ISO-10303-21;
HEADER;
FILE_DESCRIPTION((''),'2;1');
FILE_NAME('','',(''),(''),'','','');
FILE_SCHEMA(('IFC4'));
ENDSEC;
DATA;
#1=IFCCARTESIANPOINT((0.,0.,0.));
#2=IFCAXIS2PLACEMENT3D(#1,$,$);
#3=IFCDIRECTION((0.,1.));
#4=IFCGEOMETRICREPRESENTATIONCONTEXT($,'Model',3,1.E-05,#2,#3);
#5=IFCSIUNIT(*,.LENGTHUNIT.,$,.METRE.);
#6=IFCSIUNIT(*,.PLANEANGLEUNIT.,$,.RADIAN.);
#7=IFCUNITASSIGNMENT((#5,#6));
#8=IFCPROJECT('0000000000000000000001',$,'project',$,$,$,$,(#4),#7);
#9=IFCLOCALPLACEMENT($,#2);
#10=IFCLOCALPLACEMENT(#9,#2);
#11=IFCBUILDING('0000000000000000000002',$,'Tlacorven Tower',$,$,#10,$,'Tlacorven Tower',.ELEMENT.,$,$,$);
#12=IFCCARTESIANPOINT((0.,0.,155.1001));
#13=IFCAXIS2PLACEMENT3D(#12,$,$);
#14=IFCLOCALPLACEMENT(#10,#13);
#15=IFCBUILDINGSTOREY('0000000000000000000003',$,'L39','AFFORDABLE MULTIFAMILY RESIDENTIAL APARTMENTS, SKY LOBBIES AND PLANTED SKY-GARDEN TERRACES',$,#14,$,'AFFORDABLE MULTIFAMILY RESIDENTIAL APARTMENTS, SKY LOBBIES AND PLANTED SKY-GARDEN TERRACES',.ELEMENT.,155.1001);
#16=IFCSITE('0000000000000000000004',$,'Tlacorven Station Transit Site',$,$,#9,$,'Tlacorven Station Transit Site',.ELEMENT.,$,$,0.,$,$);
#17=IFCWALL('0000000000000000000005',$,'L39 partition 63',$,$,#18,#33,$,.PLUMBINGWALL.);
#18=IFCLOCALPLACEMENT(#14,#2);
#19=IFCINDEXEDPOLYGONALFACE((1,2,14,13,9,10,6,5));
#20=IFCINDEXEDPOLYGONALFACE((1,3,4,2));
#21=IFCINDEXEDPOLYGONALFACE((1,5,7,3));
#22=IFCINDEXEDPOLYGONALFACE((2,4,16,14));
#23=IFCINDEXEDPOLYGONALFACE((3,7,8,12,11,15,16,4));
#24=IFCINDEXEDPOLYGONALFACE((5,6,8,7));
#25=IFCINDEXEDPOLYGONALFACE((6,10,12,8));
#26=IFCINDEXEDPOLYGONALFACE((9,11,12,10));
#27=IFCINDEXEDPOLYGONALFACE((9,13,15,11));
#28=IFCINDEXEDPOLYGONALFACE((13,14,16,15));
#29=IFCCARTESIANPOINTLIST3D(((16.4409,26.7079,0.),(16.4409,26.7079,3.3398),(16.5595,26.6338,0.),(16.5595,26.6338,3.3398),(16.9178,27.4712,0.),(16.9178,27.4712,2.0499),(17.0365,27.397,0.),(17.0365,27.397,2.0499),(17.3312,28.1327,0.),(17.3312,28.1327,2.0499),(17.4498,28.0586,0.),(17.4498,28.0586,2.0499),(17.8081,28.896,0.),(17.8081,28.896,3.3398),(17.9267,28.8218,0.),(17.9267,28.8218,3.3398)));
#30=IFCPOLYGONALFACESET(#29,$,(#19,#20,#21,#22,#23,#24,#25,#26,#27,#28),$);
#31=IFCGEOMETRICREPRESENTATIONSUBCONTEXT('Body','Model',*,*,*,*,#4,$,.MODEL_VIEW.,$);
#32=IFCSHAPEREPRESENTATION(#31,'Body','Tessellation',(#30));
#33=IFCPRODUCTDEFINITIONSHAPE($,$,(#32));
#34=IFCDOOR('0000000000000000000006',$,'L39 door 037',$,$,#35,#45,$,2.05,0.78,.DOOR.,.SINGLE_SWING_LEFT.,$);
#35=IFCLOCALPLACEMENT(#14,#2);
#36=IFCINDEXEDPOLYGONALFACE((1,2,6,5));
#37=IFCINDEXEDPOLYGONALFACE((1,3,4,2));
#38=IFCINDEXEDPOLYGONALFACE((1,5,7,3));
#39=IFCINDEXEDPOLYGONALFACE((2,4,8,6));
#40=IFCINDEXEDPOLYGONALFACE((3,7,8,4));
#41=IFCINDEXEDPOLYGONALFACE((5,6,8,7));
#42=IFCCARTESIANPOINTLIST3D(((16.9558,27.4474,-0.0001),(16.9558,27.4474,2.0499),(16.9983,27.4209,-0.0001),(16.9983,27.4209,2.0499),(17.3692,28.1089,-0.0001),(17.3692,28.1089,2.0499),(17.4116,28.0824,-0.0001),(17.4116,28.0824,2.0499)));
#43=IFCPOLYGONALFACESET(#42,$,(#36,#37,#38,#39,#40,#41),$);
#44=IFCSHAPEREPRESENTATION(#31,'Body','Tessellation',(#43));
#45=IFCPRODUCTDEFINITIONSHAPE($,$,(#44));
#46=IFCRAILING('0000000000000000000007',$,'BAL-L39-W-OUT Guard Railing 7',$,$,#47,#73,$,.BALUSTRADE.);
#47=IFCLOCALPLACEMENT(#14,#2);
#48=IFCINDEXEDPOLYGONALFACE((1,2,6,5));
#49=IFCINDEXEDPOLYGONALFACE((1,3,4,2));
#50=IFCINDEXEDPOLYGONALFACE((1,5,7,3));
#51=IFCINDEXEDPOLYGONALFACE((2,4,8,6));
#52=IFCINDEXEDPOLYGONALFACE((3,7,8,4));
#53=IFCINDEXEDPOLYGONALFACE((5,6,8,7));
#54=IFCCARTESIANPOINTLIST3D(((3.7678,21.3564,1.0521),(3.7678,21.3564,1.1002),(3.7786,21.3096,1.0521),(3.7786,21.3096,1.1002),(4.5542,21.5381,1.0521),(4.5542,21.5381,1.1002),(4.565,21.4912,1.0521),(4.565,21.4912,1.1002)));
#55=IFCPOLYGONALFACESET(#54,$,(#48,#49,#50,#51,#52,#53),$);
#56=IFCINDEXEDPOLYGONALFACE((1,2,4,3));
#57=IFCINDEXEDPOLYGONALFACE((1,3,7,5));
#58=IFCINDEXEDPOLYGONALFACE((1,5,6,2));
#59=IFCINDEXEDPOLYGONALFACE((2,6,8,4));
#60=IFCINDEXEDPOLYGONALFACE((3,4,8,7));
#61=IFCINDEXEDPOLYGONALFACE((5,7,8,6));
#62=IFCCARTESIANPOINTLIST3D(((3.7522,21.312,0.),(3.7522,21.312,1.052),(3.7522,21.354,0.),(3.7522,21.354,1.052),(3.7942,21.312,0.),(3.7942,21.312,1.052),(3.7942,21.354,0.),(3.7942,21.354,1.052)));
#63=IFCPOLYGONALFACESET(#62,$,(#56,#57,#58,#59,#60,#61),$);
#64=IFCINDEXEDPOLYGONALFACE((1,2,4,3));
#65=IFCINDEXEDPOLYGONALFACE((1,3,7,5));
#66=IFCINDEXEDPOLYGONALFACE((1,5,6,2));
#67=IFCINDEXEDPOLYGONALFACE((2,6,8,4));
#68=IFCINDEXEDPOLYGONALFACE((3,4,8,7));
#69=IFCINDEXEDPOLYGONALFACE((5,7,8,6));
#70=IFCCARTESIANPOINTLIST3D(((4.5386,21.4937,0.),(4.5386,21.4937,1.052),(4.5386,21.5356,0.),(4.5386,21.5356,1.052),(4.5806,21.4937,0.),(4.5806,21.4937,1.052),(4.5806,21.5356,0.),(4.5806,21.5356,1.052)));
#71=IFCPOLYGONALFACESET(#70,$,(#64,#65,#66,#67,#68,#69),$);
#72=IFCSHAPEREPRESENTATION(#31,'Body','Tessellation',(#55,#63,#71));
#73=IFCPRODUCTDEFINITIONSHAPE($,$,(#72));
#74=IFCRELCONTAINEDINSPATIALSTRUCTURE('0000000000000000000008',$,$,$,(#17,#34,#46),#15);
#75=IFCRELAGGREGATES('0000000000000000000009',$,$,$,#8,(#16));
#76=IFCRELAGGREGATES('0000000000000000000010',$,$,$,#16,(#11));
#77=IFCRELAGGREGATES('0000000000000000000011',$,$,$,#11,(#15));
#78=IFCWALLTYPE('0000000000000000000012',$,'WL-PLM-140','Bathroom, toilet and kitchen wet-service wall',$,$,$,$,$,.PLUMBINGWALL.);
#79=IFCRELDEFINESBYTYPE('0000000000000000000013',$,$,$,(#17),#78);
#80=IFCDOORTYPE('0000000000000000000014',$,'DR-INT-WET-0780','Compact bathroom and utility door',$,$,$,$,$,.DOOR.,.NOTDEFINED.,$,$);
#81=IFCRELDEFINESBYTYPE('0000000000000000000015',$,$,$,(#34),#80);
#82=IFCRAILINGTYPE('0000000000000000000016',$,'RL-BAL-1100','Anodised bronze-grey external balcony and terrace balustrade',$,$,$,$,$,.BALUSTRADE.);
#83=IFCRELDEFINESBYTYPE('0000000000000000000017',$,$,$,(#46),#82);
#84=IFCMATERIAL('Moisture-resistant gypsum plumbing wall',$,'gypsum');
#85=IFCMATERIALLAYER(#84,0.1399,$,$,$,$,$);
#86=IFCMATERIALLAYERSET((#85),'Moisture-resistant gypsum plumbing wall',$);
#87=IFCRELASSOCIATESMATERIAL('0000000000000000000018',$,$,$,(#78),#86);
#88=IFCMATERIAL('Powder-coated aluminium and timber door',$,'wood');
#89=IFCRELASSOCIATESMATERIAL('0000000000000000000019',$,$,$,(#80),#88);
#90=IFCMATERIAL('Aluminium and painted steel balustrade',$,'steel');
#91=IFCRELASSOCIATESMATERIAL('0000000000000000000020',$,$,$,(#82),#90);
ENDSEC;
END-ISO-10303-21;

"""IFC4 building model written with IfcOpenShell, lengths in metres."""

from ifc_helpers import new_model, si_unit, direction, frame, frame_2d, origin, origin_2d, place, context, subcontext, project, spatial, rectangle, extrude, source, transform, mapped, material, layer, layer_set, type_object, element, fill, save


model = new_model("IFC4")

# Units and contexts
model_context = context("Model", 3, precision=1e-05, world=origin(), true_north=direction((0.0, 1.0)))
body_context = subcontext(model_context, "Body", "Model", "MODEL_VIEW")
ifc_project = project(units=[si_unit("LENGTHUNIT", "METRE"), si_unit("PLANEANGLEUNIT", "RADIAN")], contexts=[model_context])

# Site, building, storey
site_placement = place(None, origin())
site = spatial("IfcSite", under=ifc_project, at=site_placement, Name="Tlacorven Station Transit Site", LongName="Tlacorven Station Transit Site", CompositionType="ELEMENT", RefElevation=0.0)
building_placement = place(site_placement, origin())
building = spatial("IfcBuilding", under=site, at=building_placement, Name="Tlacorven Tower", LongName="Tlacorven Tower", CompositionType="ELEMENT")
storey_placement = place(building_placement, frame((0.0, 0.0, 155.1001)))
storey = spatial("IfcBuildingStorey", under=building, at=storey_placement, Name="L39", Description="AFFORDABLE MULTIFAMILY RESIDENTIAL APARTMENTS, SKY LOBBIES AND PLANTED SKY-GARDEN TERRACES", LongName="AFFORDABLE MULTIFAMILY RESIDENTIAL APARTMENTS, SKY LOBBIES AND PLANTED SKY-GARDEN TERRACES", CompositionType="ELEMENT", Elevation=155.1001)

# Wall, opening, door
ifc_material_1 = material(Name="Moisture-resistant gypsum plumbing wall", Category="gypsum")
ifc_layer_1 = layer(ifc_material_1, 0.1399)
ifc_layer_set_1 = layer_set([ifc_layer_1], Name="Moisture-resistant gypsum plumbing wall")
wall_type_1 = type_object("IfcWallType", Name="WL-PLM-140", Description="Bathroom, toilet and kitchen wet-service wall", PredefinedType="PLUMBINGWALL", material=ifc_layer_set_1)
ifc_material_2 = material(Name="Powder-coated aluminium and timber door", Category="wood")
door_type_1 = type_object("IfcDoorType", Name="DR-INT-WET-0780", Description="Compact bathroom and utility door", OperationType="NOTDEFINED", PredefinedType="DOOR", material=ifc_material_2)
shared_shape_1 = source(origin(), body_context, "Body", "SweptSolid", [
    extrude(rectangle(XDim=0.78, YDim=2.05, at=frame_2d((0.3901, 1.0249))), frame((0.0, 0.0249, 0.0), z_axis=(0.0, -1.0, 0.0), x_axis=(1.0, 0.0, 0.0)), (0.0, 0.0, 1.0), 0.05),
])
wall_1_placement = place(storey_placement, frame((17.8674, 28.8589, 0.0), z_axis=(0.0, 0.0, 1.0), x_axis=(-0.529914, -0.848051, 0.0)))
wall_1 = element("IfcWall", 1, at=wall_1_placement, inside=storey, type_object=wall_type_1, Name="L39 partition 63", PredefinedType="PLUMBINGWALL", context=body_context, shape_type="SweptSolid", body=[
    extrude(rectangle(XDim=2.5801, YDim=0.1399, at=frame_2d((1.29, 0.0))), origin(), (0.0, 0.0, 1.0), 3.3398),
])
opening_1_placement = place(wall_1_placement, frame((0.8999, 0.0, 0.0)))
opening_1 = element("IfcOpeningElement", 2, at=opening_1_placement, cuts=wall_1, PredefinedType="OPENING", context=body_context, shape_type="SweptSolid", body=[
    extrude(rectangle(XDim=0.78, YDim=2.05, at=frame_2d((0.3901, 1.0249))), frame((0.0, 0.0801, 0.0), z_axis=(0.0, -1.0, 0.0), x_axis=(1.0, 0.0, 0.0)), (0.0, 0.0, 1.0), 0.1599),
])
door_1_placement = place(opening_1_placement, origin())
door_1 = element("IfcDoor", 3, at=door_1_placement, inside=storey, type_object=door_type_1, Name="L39 door 037", OperationType="SINGLE_SWING_LEFT", OverallHeight=2.05, OverallWidth=0.78, PredefinedType="DOOR", context=body_context, shape_type="MappedRepresentation", body=[
    mapped(shared_shape_1, transform((0.0, 0.0, 0.0), scale=1.0)),
])
fill(opening_1, door_1)

# Railing
ifc_material_3 = material(Name="Aluminium and painted steel balustrade", Category="steel")
railing_type = type_object("IfcRailingType", Name="RL-BAL-1100", Description="Anodised bronze-grey external balcony and terrace balustrade", PredefinedType="BALUSTRADE", material=ifc_material_3)
shared_shape_2 = source(origin(), body_context, "Body", "SweptSolid", [
    extrude(rectangle(XDim=0.0481, YDim=0.0481, at=origin_2d()), frame((0.0, 0.0, 1.0762), z_axis=(0.974345, 0.225058, 0.0), x_axis=(-0.225058, 0.974345, 0.0)), (0.0, 0.0, 1.0), 0.8071),
    extrude(rectangle(XDim=0.042, YDim=0.042, at=origin_2d()), origin(), (0.0, 0.0, 1.0), 1.052),
    extrude(rectangle(XDim=0.042, YDim=0.042, at=origin_2d()), frame((0.7864, 0.1816, 0.0)), (0.0, 0.0, 1.0), 1.052),
])
railing_placement = place(storey_placement, frame((3.7732, 21.333, 0.0)))
element("IfcRailing", 4, at=railing_placement, inside=storey, type_object=railing_type, Name="BAL-L39-W-OUT Guard Railing 7", PredefinedType="BALUSTRADE", context=body_context, shape_type="MappedRepresentation", body=[
    mapped(shared_shape_2, transform((0.0, 0.0, 0.0), scale=1.0)),
])

save(model, "model.ifc")
